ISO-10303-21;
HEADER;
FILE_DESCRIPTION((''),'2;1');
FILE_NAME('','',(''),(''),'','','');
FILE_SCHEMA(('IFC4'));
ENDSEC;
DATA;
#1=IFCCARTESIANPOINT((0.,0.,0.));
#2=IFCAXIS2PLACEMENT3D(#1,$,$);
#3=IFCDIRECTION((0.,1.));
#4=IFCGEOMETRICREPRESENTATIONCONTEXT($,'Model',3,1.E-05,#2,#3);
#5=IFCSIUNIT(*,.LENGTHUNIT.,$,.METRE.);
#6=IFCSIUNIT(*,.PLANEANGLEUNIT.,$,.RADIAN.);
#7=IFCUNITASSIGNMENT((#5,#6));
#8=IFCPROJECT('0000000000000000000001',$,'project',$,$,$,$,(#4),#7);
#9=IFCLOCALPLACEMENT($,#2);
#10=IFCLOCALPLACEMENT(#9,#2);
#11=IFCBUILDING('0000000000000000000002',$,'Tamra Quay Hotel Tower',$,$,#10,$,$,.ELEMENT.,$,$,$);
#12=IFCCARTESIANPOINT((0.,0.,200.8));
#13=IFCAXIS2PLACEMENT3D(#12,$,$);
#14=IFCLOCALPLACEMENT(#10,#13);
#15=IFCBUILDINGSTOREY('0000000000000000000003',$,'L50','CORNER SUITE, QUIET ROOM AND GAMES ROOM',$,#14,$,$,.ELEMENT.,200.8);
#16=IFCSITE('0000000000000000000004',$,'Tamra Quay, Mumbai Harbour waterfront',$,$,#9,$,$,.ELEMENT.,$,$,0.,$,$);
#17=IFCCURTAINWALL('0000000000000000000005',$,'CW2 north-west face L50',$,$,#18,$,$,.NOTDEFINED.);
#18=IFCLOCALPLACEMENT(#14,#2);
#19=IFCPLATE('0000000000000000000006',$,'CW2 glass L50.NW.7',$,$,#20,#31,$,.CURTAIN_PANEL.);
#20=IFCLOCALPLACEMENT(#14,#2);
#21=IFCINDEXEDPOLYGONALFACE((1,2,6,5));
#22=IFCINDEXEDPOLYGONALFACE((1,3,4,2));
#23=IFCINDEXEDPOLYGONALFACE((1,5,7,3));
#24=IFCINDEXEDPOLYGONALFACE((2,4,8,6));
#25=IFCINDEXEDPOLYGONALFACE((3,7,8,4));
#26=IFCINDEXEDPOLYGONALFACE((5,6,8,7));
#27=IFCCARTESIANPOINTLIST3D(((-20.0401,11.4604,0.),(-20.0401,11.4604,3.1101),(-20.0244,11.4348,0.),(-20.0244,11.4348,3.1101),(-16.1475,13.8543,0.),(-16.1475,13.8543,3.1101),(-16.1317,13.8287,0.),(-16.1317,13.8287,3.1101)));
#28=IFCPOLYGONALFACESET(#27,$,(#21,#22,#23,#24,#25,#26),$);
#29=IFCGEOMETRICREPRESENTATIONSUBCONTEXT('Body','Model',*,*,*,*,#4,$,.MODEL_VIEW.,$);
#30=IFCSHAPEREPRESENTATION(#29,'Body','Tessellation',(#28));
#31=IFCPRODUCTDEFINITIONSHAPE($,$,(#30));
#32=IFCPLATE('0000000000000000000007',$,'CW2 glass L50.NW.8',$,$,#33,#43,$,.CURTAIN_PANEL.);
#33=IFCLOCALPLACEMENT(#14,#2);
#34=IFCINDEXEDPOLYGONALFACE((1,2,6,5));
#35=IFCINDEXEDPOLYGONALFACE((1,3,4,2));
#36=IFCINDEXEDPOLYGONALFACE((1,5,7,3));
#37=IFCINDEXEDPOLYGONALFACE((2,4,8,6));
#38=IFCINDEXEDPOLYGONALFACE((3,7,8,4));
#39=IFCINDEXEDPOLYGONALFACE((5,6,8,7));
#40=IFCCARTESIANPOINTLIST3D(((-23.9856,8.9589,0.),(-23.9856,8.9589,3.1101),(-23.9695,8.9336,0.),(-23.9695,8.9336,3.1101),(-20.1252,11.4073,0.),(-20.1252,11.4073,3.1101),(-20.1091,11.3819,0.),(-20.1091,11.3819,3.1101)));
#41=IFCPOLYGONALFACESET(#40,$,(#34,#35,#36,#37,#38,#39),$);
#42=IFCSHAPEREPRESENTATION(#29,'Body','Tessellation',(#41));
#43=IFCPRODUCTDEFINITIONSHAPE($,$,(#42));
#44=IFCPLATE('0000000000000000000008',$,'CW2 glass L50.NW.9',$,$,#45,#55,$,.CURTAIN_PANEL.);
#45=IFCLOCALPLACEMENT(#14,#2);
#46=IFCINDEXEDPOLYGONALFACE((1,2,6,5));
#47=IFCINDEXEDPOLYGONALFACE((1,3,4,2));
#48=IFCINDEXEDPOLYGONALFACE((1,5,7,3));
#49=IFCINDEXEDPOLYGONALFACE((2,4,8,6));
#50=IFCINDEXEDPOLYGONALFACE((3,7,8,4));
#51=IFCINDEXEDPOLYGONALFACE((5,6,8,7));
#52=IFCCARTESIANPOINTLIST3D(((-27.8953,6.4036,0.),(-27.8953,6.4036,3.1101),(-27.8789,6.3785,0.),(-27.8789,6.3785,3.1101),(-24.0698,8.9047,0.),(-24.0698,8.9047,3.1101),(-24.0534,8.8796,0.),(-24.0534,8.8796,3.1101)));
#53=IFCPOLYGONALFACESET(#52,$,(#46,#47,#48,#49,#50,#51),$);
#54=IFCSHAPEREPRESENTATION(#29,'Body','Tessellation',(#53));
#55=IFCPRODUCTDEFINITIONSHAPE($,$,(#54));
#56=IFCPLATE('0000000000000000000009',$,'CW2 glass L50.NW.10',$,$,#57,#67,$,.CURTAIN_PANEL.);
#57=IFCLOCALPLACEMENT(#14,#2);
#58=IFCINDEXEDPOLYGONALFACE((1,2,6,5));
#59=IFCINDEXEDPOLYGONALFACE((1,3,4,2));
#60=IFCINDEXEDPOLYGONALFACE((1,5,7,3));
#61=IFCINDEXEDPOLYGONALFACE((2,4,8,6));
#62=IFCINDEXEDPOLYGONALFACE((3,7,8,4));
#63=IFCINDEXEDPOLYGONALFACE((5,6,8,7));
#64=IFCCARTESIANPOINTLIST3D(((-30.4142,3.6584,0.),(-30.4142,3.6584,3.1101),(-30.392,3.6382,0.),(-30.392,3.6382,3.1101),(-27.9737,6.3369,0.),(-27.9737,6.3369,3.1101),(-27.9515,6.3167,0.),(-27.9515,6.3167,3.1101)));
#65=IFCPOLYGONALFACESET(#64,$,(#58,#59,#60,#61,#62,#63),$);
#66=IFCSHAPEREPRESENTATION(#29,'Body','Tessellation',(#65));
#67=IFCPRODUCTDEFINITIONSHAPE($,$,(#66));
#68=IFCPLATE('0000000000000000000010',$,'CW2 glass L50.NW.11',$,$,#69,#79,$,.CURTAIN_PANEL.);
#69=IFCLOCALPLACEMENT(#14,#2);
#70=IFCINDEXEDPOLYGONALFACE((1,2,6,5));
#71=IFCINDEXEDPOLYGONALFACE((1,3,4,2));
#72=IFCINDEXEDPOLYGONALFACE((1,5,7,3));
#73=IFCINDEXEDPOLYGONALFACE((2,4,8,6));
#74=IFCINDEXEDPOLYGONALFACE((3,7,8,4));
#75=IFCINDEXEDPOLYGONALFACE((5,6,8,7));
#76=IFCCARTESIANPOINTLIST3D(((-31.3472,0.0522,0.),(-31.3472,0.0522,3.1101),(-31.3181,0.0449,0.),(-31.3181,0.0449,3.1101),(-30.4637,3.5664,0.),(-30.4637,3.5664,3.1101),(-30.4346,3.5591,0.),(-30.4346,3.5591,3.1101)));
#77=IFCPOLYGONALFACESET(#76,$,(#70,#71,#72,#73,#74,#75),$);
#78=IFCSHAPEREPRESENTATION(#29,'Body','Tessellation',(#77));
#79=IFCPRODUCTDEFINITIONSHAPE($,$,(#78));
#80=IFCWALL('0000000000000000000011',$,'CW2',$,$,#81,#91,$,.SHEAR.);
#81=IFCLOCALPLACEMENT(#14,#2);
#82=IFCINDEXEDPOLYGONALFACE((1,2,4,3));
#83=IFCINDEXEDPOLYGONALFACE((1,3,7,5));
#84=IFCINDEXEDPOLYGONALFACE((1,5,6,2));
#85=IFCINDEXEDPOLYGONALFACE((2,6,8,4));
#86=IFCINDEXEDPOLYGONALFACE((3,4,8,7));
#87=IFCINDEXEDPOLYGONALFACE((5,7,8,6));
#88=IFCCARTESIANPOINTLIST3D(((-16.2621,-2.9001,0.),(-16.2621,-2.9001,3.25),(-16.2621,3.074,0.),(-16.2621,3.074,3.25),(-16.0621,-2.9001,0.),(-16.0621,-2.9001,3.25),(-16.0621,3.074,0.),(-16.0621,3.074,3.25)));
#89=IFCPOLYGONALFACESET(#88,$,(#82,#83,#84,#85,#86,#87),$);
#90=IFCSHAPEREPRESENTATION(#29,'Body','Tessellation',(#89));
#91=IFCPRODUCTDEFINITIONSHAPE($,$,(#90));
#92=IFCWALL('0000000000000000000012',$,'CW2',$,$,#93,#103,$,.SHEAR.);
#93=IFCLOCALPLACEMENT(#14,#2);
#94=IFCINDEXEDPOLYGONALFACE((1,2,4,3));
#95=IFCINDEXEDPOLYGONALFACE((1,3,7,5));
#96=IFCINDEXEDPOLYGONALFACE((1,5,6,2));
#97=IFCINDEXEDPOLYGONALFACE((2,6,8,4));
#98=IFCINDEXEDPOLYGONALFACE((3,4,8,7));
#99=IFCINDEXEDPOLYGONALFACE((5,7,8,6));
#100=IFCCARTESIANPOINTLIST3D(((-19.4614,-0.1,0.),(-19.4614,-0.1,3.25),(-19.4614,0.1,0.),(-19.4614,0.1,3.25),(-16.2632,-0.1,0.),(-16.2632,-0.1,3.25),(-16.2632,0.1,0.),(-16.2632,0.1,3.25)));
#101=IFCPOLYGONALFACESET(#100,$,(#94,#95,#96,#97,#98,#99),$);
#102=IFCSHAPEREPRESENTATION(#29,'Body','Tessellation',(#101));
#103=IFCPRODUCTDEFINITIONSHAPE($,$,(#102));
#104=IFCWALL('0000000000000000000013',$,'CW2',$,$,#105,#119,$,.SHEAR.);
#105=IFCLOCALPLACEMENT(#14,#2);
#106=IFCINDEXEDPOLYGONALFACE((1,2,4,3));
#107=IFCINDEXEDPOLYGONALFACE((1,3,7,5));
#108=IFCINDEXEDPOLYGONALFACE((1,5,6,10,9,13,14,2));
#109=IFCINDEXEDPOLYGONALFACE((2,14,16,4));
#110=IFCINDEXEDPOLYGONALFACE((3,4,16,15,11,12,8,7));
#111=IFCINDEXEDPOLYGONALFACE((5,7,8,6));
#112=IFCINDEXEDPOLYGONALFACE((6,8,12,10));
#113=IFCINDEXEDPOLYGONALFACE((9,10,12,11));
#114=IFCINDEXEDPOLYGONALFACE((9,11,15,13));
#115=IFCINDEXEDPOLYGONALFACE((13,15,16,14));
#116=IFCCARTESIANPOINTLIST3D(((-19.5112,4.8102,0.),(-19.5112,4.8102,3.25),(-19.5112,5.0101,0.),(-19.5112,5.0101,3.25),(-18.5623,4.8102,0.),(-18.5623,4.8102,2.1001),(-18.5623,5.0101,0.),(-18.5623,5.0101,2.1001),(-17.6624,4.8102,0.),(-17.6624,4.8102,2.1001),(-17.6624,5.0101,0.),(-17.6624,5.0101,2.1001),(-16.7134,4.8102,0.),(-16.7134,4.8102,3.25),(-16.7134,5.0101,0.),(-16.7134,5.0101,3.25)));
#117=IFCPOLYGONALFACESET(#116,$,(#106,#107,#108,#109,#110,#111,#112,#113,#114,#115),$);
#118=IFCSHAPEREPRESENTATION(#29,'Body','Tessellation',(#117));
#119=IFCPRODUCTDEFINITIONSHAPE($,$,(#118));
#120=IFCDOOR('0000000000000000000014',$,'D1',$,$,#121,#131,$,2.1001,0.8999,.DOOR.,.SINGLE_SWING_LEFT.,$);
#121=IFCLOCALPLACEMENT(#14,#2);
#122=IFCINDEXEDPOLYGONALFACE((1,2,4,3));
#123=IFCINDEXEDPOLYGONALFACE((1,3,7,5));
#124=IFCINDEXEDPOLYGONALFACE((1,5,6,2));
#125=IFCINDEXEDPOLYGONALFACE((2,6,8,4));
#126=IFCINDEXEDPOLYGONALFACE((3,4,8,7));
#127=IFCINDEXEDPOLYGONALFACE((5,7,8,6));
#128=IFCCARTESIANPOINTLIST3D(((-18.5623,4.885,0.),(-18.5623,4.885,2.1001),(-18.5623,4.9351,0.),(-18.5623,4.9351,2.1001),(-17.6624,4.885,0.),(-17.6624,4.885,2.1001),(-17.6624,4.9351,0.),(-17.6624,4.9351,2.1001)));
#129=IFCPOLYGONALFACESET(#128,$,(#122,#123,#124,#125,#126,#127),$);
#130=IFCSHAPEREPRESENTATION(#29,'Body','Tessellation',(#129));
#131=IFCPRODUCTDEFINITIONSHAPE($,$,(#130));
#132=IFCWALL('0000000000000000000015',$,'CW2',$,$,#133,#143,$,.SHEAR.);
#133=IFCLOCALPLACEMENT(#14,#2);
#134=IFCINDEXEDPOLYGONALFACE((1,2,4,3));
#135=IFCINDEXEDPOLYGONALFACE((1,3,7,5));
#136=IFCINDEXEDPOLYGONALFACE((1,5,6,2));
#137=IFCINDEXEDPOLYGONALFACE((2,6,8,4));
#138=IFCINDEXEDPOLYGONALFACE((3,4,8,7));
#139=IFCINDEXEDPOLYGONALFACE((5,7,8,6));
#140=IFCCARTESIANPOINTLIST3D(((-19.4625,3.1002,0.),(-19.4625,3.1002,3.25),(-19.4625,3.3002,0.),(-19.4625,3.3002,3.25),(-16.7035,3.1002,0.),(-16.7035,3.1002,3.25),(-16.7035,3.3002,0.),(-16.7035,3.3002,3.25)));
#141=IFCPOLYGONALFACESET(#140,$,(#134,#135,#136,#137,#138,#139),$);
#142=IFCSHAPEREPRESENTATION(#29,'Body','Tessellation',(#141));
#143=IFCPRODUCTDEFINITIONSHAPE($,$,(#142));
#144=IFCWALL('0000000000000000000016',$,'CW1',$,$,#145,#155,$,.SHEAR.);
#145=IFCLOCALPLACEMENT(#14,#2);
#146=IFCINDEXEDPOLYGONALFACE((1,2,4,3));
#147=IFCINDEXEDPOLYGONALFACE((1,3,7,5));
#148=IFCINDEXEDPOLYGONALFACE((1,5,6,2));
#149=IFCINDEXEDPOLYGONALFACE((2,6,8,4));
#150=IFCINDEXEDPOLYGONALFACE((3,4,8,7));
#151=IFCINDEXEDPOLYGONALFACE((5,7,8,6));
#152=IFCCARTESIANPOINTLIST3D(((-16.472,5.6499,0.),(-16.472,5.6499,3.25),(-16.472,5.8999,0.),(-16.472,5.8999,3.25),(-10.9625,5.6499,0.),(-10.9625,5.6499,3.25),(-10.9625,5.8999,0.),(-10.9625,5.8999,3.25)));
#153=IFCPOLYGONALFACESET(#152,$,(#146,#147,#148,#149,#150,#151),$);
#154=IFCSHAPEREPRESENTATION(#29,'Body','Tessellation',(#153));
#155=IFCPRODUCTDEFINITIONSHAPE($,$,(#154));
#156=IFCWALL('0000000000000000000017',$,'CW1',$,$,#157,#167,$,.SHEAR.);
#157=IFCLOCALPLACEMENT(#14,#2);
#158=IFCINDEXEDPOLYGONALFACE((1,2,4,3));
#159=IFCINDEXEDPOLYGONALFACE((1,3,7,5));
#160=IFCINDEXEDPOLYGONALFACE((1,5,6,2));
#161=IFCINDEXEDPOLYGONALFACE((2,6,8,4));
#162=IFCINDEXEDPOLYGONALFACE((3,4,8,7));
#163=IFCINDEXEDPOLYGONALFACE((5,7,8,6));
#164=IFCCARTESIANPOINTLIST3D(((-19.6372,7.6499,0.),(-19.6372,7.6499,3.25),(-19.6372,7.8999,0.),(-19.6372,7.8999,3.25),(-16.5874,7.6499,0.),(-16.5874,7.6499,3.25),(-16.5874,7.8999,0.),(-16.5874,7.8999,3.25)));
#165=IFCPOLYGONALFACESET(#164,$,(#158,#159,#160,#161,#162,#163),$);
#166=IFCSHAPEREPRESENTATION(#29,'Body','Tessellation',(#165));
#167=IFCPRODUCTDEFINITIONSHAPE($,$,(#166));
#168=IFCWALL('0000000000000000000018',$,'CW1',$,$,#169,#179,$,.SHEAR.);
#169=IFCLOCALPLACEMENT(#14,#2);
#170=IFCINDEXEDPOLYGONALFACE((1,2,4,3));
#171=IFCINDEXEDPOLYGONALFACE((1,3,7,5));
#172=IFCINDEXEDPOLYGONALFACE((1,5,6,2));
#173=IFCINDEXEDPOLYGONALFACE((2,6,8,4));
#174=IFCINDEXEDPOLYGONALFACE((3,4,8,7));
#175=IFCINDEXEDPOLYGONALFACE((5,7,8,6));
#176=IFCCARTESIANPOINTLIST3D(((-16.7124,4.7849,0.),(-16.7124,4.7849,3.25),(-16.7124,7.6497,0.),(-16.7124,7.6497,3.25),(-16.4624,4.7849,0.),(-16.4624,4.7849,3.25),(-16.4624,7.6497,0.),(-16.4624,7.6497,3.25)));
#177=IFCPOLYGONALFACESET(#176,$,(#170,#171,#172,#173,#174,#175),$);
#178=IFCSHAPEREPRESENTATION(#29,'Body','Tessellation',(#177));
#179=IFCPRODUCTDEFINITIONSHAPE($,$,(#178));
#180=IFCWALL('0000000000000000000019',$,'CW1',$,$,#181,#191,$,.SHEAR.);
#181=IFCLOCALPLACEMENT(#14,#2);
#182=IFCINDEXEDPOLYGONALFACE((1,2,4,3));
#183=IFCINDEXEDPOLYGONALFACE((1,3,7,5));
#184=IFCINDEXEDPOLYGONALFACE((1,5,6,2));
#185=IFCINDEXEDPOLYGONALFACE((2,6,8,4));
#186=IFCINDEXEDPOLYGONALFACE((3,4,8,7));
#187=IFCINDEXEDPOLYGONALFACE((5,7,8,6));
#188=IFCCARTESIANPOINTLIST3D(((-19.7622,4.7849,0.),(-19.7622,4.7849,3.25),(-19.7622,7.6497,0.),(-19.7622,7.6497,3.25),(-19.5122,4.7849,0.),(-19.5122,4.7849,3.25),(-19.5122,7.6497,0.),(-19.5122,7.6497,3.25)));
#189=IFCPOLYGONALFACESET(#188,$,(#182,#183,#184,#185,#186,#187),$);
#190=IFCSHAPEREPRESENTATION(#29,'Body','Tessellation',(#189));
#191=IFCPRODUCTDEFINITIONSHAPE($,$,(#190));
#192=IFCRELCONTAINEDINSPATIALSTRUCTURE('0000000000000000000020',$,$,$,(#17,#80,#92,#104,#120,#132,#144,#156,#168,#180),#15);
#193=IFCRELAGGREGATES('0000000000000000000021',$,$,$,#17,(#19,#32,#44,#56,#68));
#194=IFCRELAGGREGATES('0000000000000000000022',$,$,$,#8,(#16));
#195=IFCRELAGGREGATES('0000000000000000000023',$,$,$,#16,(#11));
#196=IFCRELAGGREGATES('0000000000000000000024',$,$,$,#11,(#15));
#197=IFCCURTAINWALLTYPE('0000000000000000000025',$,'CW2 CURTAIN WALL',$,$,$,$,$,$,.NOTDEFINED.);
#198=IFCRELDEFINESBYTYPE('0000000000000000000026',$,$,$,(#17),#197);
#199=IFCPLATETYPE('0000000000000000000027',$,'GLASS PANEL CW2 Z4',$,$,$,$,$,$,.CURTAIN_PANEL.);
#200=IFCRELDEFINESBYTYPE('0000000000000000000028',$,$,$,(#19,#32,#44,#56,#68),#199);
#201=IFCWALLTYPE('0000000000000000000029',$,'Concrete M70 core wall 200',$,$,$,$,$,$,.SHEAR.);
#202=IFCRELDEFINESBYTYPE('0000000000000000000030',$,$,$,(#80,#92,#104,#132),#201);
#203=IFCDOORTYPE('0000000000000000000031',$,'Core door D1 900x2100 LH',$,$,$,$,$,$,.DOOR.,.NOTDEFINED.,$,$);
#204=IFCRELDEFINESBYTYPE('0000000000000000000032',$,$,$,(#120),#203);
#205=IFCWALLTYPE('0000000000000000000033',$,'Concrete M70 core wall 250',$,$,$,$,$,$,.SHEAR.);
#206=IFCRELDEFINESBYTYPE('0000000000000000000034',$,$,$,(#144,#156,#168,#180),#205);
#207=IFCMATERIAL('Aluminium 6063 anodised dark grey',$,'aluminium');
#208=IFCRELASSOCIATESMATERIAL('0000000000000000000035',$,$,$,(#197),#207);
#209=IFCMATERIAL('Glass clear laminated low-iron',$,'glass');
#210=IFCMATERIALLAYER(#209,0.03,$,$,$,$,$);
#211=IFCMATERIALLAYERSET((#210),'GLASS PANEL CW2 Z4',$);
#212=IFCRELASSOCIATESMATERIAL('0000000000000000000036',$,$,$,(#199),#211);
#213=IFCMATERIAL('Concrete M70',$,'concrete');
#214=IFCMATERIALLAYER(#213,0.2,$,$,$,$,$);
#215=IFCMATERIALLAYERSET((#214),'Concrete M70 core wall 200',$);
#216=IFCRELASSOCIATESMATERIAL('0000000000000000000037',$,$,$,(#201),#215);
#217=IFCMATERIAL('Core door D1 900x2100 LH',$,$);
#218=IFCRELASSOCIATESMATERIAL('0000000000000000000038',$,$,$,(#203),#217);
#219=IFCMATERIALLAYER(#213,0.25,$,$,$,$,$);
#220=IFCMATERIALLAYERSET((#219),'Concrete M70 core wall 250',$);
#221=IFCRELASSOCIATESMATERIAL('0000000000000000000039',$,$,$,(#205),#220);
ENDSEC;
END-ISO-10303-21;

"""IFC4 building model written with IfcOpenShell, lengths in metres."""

from ifc_helpers import new_model, si_unit, direction, frame, frame_2d, origin, origin_2d, place, context, subcontext, project, spatial, rectangle, extrude, material, layer, layer_set, type_object, element, fill, aggregate, save


model = new_model("IFC4")

# Units and contexts
model_context = context("Model", 3, precision=1e-05, world=origin(), true_north=direction((0.0, 1.0)))
body_context = subcontext(model_context, "Body", "Model", "MODEL_VIEW")
ifc_project = project(units=[si_unit("LENGTHUNIT", "METRE"), si_unit("PLANEANGLEUNIT", "RADIAN")], contexts=[model_context])

# Site, building, storey
site_placement = place(None, origin())
site = spatial("IfcSite", under=ifc_project, at=site_placement, Name="Tamra Quay, Mumbai Harbour waterfront", CompositionType="ELEMENT", RefElevation=0.0)
building_placement = place(site_placement, origin())
building = spatial("IfcBuilding", under=site, at=building_placement, Name="Tamra Quay Hotel Tower", CompositionType="ELEMENT")
storey_placement = place(building_placement, frame((0.0, 0.0, 200.8)))
storey = spatial("IfcBuildingStorey", under=building, at=storey_placement, Name="L50", Description="CORNER SUITE, QUIET ROOM AND GAMES ROOM", CompositionType="ELEMENT", Elevation=200.8)

# Shared definitions
ifc_material_1 = material(Name="Concrete M70", Category="concrete")

# Curtain wall
ifc_material_2 = material(Name="Aluminium 6063 anodised dark grey", Category="aluminium")
curtain_wall_type = type_object("IfcCurtainWallType", Name="CW2 CURTAIN WALL", PredefinedType="NOTDEFINED", material=ifc_material_2)
curtain_wall_placement = place(storey_placement, origin())
curtain_wall = element("IfcCurtainWall", 1, at=curtain_wall_placement, inside=storey, type_object=curtain_wall_type, Name="CW2 north-west face L50", PredefinedType="NOTDEFINED")

# Plates
ifc_material_3 = material(Name="Glass clear laminated low-iron", Category="glass")
ifc_layer_1 = layer(ifc_material_3, 0.03)
ifc_layer_set_1 = layer_set([ifc_layer_1], Name="GLASS PANEL CW2 Z4")
plate_type = type_object("IfcPlateType", Name="GLASS PANEL CW2 Z4", PredefinedType="CURTAIN_PANEL", material=ifc_layer_set_1)
plate_1_placement = place(storey_placement, frame((-18.0859, 12.6445, 0.0), z_axis=(0.0, 0.0, 1.0), x_axis=(-0.851815, -0.523843, 0.0)))
plate_1 = element("IfcPlate", 2, at=plate_1_placement, type_object=plate_type, Name="CW2 glass L50.NW.7", PredefinedType="CURTAIN_PANEL", context=body_context, shape_type="SweptSolid", body=[
    extrude(rectangle(XDim=4.5698, YDim=0.03, at=origin_2d()), origin(), (0.0, 0.0, 1.0), 3.1101),
])
plate_2_placement = place(storey_placement, frame((-22.0474, 10.1704, 0.0), z_axis=(0.0, 0.0, 1.0), x_axis=(-0.844476, -0.535593, 0.0)))
plate_2 = element("IfcPlate", 3, at=plate_2_placement, type_object=plate_type, Name="CW2 glass L50.NW.8", PredefinedType="CURTAIN_PANEL", context=body_context, shape_type="SweptSolid", body=[
    extrude(rectangle(XDim=4.5713, YDim=0.03, at=origin_2d()), origin(), (0.0, 0.0, 1.0), 3.1101),
])
plate_3_placement = place(storey_placement, frame((-25.9744, 7.6416, 0.0), z_axis=(0.0, 0.0, 1.0), x_axis=(-0.836986, -0.547224, 0.0)))
plate_3 = element("IfcPlate", 4, at=plate_3_placement, type_object=plate_type, Name="CW2 glass L50.NW.9", PredefinedType="CURTAIN_PANEL", context=body_context, shape_type="SweptSolid", body=[
    extrude(rectangle(XDim=4.5706, YDim=0.03, at=origin_2d()), origin(), (0.0, 0.0, 1.0), 3.1101),
])
plate_4_placement = place(storey_placement, frame((-29.1829, 4.9875, 0.0), z_axis=(0.0, 0.0, 1.0), x_axis=(-0.673496, -0.739191, 0.0)))
plate_4 = element("IfcPlate", 5, at=plate_4_placement, type_object=plate_type, Name="CW2 glass L50.NW.10", PredefinedType="CURTAIN_PANEL", context=body_context, shape_type="SweptSolid", body=[
    extrude(rectangle(XDim=3.6235, YDim=0.03, at=origin_2d()), origin(), (0.0, 0.0, 1.0), 3.1101),
])
plate_5_placement = place(storey_placement, frame((-30.8909, 1.8057, 0.0), z_axis=(0.0, 0.0, 1.0), x_axis=(-0.243826, -0.969819, 0.0)))
plate_5 = element("IfcPlate", 6, at=plate_5_placement, type_object=plate_type, Name="CW2 glass L50.NW.11", PredefinedType="CURTAIN_PANEL", context=body_context, shape_type="SweptSolid", body=[
    extrude(rectangle(XDim=3.6235, YDim=0.03, at=origin_2d()), origin(), (0.0, 0.0, 1.0), 3.1101),
])
aggregate(curtain_wall, [plate_1, plate_2, plate_3, plate_4, plate_5])

# Walls
ifc_layer_2 = layer(ifc_material_1, 0.2)
ifc_layer_set_2 = layer_set([ifc_layer_2], Name="Concrete M70 core wall 200")
wall_type_1 = type_object("IfcWallType", Name="Concrete M70 core wall 200", PredefinedType="SHEAR", material=ifc_layer_set_2)
wall_1_placement = place(storey_placement, frame((-16.1621, 3.074, 0.0), z_axis=(0.0, 0.0, 1.0), x_axis=(0.0, -1.0, 0.0)))
element("IfcWall", 7, at=wall_1_placement, inside=storey, type_object=wall_type_1, Name="CW2", PredefinedType="SHEAR", context=body_context, shape_type="SweptSolid", body=[
    extrude(rectangle(XDim=5.9741, YDim=0.2, at=frame_2d((2.9871, 0.0))), origin(), (0.0, 0.0, 1.0), 3.25),
])
wall_2_placement = place(storey_placement, frame((-16.2632, 0.0, 0.0), z_axis=(0.0, 0.0, 1.0), x_axis=(-1.0, 0.0, 0.0)))
element("IfcWall", 8, at=wall_2_placement, inside=storey, type_object=wall_type_1, Name="CW2", PredefinedType="SHEAR", context=body_context, shape_type="SweptSolid", body=[
    extrude(rectangle(XDim=3.1982, YDim=0.2, at=frame_2d((1.5991, 0.0))), origin(), (0.0, 0.0, 1.0), 3.25),
])

# Wall, opening, door
wall_3_placement = place(storey_placement, frame((-19.5112, 4.9102, 0.0), z_axis=(0.0, 0.0, 1.0), x_axis=(1.0, 0.0, 0.0)))
wall_3 = element("IfcWall", 9, at=wall_3_placement, inside=storey, type_object=wall_type_1, Name="CW2", PredefinedType="SHEAR", context=body_context, shape_type="SweptSolid", body=[
    extrude(rectangle(XDim=2.7979, YDim=0.2, at=frame_2d((1.3989, 0.0))), origin(), (0.0, 0.0, 1.0), 3.25),
])
opening_placement = place(wall_3_placement, frame((0.949, 0.0, 0.0)))
opening = element("IfcOpeningElement", 10, at=opening_placement, cuts=wall_3, PredefinedType="OPENING", context=body_context, shape_type="SweptSolid", body=[
    extrude(rectangle(XDim=0.8999, YDim=2.1001, at=frame_2d((0.45, 1.05))), frame((0.0, 0.1099, 0.0), z_axis=(0.0, -1.0, 0.0), x_axis=(1.0, 0.0, 0.0)), (0.0, 0.0, 1.0), 0.22),
])
ifc_material_4 = material(Name="Core door D1 900x2100 LH")
door_type = type_object("IfcDoorType", Name="Core door D1 900x2100 LH", OperationType="NOTDEFINED", PredefinedType="DOOR", material=ifc_material_4)
door_placement = place(opening_placement, origin())
door = element("IfcDoor", 11, at=door_placement, inside=storey, type_object=door_type, Name="D1", OperationType="SINGLE_SWING_LEFT", OverallHeight=2.1001, OverallWidth=0.8999, PredefinedType="DOOR", context=body_context, shape_type="SweptSolid", body=[
    extrude(rectangle(XDim=0.8999, YDim=2.1001, at=frame_2d((0.45, 1.05))), frame((0.0, 0.0249, 0.0), z_axis=(0.0, -1.0, 0.0), x_axis=(1.0, 0.0, 0.0)), (0.0, 0.0, 1.0), 0.05),
])
fill(opening, door)

# Walls
wall_4_placement = place(storey_placement, frame((-19.4624, 3.2002, 0.0), z_axis=(0.0, 0.0, 1.0), x_axis=(1.0, 0.0, 0.0)))
element("IfcWall", 12, at=wall_4_placement, inside=storey, type_object=wall_type_1, Name="CW2", PredefinedType="SHEAR", context=body_context, shape_type="SweptSolid", body=[
    extrude(rectangle(XDim=2.759, YDim=0.2, at=frame_2d((1.3794, 0.0))), origin(), (0.0, 0.0, 1.0), 3.25),
])
ifc_layer_3 = layer(ifc_material_1, 0.25)
ifc_layer_set_3 = layer_set([ifc_layer_3], Name="Concrete M70 core wall 250")
wall_type_2 = type_object("IfcWallType", Name="Concrete M70 core wall 250", PredefinedType="SHEAR", material=ifc_layer_set_3)
wall_5_placement = place(storey_placement, frame((-16.4722, 5.7749, 0.0), z_axis=(0.0, 0.0, 1.0), x_axis=(1.0, 0.0, 0.0)))
element("IfcWall", 13, at=wall_5_placement, inside=storey, type_object=wall_type_2, Name="CW1", PredefinedType="SHEAR", context=body_context, shape_type="SweptSolid", body=[
    extrude(rectangle(XDim=5.5095, YDim=0.25, at=frame_2d((2.7549, 0.0))), origin(), (0.0, 0.0, 1.0), 3.25),
])
wall_6_placement = place(storey_placement, frame((-19.6372, 7.7749, 0.0), z_axis=(0.0, 0.0, 1.0), x_axis=(1.0, 0.0, 0.0)))
element("IfcWall", 14, at=wall_6_placement, inside=storey, type_object=wall_type_2, Name="CW1", PredefinedType="SHEAR", context=body_context, shape_type="SweptSolid", body=[
    extrude(rectangle(XDim=3.0498, YDim=0.25, at=frame_2d((1.5249, 0.0))), origin(), (0.0, 0.0, 1.0), 3.25),
])
for number, where, z_axis, x_axis, name in (
    (15, (-16.5874, 7.6497, 0.0), (0.0, 0.0, 1.0), (0.0, -1.0, 0.0), "CW1"),
    (16, (-19.6372, 4.7849, 0.0), (0.0, 0.0, 1.0), (0.0, 1.0, 0.0), "CW1"),
):
    element("IfcWall", number, at=place(storey_placement, frame(where, z_axis=z_axis, x_axis=x_axis)), inside=storey, type_object=wall_type_2, Name=name, PredefinedType="SHEAR", context=body_context, shape_type="SweptSolid", body=[
        extrude(rectangle(XDim=2.8647, YDim=0.25, at=frame_2d((1.4324, 0.0))), origin(), (0.0, 0.0, 1.0), 3.25),
    ])

save(model, "model.ifc")
